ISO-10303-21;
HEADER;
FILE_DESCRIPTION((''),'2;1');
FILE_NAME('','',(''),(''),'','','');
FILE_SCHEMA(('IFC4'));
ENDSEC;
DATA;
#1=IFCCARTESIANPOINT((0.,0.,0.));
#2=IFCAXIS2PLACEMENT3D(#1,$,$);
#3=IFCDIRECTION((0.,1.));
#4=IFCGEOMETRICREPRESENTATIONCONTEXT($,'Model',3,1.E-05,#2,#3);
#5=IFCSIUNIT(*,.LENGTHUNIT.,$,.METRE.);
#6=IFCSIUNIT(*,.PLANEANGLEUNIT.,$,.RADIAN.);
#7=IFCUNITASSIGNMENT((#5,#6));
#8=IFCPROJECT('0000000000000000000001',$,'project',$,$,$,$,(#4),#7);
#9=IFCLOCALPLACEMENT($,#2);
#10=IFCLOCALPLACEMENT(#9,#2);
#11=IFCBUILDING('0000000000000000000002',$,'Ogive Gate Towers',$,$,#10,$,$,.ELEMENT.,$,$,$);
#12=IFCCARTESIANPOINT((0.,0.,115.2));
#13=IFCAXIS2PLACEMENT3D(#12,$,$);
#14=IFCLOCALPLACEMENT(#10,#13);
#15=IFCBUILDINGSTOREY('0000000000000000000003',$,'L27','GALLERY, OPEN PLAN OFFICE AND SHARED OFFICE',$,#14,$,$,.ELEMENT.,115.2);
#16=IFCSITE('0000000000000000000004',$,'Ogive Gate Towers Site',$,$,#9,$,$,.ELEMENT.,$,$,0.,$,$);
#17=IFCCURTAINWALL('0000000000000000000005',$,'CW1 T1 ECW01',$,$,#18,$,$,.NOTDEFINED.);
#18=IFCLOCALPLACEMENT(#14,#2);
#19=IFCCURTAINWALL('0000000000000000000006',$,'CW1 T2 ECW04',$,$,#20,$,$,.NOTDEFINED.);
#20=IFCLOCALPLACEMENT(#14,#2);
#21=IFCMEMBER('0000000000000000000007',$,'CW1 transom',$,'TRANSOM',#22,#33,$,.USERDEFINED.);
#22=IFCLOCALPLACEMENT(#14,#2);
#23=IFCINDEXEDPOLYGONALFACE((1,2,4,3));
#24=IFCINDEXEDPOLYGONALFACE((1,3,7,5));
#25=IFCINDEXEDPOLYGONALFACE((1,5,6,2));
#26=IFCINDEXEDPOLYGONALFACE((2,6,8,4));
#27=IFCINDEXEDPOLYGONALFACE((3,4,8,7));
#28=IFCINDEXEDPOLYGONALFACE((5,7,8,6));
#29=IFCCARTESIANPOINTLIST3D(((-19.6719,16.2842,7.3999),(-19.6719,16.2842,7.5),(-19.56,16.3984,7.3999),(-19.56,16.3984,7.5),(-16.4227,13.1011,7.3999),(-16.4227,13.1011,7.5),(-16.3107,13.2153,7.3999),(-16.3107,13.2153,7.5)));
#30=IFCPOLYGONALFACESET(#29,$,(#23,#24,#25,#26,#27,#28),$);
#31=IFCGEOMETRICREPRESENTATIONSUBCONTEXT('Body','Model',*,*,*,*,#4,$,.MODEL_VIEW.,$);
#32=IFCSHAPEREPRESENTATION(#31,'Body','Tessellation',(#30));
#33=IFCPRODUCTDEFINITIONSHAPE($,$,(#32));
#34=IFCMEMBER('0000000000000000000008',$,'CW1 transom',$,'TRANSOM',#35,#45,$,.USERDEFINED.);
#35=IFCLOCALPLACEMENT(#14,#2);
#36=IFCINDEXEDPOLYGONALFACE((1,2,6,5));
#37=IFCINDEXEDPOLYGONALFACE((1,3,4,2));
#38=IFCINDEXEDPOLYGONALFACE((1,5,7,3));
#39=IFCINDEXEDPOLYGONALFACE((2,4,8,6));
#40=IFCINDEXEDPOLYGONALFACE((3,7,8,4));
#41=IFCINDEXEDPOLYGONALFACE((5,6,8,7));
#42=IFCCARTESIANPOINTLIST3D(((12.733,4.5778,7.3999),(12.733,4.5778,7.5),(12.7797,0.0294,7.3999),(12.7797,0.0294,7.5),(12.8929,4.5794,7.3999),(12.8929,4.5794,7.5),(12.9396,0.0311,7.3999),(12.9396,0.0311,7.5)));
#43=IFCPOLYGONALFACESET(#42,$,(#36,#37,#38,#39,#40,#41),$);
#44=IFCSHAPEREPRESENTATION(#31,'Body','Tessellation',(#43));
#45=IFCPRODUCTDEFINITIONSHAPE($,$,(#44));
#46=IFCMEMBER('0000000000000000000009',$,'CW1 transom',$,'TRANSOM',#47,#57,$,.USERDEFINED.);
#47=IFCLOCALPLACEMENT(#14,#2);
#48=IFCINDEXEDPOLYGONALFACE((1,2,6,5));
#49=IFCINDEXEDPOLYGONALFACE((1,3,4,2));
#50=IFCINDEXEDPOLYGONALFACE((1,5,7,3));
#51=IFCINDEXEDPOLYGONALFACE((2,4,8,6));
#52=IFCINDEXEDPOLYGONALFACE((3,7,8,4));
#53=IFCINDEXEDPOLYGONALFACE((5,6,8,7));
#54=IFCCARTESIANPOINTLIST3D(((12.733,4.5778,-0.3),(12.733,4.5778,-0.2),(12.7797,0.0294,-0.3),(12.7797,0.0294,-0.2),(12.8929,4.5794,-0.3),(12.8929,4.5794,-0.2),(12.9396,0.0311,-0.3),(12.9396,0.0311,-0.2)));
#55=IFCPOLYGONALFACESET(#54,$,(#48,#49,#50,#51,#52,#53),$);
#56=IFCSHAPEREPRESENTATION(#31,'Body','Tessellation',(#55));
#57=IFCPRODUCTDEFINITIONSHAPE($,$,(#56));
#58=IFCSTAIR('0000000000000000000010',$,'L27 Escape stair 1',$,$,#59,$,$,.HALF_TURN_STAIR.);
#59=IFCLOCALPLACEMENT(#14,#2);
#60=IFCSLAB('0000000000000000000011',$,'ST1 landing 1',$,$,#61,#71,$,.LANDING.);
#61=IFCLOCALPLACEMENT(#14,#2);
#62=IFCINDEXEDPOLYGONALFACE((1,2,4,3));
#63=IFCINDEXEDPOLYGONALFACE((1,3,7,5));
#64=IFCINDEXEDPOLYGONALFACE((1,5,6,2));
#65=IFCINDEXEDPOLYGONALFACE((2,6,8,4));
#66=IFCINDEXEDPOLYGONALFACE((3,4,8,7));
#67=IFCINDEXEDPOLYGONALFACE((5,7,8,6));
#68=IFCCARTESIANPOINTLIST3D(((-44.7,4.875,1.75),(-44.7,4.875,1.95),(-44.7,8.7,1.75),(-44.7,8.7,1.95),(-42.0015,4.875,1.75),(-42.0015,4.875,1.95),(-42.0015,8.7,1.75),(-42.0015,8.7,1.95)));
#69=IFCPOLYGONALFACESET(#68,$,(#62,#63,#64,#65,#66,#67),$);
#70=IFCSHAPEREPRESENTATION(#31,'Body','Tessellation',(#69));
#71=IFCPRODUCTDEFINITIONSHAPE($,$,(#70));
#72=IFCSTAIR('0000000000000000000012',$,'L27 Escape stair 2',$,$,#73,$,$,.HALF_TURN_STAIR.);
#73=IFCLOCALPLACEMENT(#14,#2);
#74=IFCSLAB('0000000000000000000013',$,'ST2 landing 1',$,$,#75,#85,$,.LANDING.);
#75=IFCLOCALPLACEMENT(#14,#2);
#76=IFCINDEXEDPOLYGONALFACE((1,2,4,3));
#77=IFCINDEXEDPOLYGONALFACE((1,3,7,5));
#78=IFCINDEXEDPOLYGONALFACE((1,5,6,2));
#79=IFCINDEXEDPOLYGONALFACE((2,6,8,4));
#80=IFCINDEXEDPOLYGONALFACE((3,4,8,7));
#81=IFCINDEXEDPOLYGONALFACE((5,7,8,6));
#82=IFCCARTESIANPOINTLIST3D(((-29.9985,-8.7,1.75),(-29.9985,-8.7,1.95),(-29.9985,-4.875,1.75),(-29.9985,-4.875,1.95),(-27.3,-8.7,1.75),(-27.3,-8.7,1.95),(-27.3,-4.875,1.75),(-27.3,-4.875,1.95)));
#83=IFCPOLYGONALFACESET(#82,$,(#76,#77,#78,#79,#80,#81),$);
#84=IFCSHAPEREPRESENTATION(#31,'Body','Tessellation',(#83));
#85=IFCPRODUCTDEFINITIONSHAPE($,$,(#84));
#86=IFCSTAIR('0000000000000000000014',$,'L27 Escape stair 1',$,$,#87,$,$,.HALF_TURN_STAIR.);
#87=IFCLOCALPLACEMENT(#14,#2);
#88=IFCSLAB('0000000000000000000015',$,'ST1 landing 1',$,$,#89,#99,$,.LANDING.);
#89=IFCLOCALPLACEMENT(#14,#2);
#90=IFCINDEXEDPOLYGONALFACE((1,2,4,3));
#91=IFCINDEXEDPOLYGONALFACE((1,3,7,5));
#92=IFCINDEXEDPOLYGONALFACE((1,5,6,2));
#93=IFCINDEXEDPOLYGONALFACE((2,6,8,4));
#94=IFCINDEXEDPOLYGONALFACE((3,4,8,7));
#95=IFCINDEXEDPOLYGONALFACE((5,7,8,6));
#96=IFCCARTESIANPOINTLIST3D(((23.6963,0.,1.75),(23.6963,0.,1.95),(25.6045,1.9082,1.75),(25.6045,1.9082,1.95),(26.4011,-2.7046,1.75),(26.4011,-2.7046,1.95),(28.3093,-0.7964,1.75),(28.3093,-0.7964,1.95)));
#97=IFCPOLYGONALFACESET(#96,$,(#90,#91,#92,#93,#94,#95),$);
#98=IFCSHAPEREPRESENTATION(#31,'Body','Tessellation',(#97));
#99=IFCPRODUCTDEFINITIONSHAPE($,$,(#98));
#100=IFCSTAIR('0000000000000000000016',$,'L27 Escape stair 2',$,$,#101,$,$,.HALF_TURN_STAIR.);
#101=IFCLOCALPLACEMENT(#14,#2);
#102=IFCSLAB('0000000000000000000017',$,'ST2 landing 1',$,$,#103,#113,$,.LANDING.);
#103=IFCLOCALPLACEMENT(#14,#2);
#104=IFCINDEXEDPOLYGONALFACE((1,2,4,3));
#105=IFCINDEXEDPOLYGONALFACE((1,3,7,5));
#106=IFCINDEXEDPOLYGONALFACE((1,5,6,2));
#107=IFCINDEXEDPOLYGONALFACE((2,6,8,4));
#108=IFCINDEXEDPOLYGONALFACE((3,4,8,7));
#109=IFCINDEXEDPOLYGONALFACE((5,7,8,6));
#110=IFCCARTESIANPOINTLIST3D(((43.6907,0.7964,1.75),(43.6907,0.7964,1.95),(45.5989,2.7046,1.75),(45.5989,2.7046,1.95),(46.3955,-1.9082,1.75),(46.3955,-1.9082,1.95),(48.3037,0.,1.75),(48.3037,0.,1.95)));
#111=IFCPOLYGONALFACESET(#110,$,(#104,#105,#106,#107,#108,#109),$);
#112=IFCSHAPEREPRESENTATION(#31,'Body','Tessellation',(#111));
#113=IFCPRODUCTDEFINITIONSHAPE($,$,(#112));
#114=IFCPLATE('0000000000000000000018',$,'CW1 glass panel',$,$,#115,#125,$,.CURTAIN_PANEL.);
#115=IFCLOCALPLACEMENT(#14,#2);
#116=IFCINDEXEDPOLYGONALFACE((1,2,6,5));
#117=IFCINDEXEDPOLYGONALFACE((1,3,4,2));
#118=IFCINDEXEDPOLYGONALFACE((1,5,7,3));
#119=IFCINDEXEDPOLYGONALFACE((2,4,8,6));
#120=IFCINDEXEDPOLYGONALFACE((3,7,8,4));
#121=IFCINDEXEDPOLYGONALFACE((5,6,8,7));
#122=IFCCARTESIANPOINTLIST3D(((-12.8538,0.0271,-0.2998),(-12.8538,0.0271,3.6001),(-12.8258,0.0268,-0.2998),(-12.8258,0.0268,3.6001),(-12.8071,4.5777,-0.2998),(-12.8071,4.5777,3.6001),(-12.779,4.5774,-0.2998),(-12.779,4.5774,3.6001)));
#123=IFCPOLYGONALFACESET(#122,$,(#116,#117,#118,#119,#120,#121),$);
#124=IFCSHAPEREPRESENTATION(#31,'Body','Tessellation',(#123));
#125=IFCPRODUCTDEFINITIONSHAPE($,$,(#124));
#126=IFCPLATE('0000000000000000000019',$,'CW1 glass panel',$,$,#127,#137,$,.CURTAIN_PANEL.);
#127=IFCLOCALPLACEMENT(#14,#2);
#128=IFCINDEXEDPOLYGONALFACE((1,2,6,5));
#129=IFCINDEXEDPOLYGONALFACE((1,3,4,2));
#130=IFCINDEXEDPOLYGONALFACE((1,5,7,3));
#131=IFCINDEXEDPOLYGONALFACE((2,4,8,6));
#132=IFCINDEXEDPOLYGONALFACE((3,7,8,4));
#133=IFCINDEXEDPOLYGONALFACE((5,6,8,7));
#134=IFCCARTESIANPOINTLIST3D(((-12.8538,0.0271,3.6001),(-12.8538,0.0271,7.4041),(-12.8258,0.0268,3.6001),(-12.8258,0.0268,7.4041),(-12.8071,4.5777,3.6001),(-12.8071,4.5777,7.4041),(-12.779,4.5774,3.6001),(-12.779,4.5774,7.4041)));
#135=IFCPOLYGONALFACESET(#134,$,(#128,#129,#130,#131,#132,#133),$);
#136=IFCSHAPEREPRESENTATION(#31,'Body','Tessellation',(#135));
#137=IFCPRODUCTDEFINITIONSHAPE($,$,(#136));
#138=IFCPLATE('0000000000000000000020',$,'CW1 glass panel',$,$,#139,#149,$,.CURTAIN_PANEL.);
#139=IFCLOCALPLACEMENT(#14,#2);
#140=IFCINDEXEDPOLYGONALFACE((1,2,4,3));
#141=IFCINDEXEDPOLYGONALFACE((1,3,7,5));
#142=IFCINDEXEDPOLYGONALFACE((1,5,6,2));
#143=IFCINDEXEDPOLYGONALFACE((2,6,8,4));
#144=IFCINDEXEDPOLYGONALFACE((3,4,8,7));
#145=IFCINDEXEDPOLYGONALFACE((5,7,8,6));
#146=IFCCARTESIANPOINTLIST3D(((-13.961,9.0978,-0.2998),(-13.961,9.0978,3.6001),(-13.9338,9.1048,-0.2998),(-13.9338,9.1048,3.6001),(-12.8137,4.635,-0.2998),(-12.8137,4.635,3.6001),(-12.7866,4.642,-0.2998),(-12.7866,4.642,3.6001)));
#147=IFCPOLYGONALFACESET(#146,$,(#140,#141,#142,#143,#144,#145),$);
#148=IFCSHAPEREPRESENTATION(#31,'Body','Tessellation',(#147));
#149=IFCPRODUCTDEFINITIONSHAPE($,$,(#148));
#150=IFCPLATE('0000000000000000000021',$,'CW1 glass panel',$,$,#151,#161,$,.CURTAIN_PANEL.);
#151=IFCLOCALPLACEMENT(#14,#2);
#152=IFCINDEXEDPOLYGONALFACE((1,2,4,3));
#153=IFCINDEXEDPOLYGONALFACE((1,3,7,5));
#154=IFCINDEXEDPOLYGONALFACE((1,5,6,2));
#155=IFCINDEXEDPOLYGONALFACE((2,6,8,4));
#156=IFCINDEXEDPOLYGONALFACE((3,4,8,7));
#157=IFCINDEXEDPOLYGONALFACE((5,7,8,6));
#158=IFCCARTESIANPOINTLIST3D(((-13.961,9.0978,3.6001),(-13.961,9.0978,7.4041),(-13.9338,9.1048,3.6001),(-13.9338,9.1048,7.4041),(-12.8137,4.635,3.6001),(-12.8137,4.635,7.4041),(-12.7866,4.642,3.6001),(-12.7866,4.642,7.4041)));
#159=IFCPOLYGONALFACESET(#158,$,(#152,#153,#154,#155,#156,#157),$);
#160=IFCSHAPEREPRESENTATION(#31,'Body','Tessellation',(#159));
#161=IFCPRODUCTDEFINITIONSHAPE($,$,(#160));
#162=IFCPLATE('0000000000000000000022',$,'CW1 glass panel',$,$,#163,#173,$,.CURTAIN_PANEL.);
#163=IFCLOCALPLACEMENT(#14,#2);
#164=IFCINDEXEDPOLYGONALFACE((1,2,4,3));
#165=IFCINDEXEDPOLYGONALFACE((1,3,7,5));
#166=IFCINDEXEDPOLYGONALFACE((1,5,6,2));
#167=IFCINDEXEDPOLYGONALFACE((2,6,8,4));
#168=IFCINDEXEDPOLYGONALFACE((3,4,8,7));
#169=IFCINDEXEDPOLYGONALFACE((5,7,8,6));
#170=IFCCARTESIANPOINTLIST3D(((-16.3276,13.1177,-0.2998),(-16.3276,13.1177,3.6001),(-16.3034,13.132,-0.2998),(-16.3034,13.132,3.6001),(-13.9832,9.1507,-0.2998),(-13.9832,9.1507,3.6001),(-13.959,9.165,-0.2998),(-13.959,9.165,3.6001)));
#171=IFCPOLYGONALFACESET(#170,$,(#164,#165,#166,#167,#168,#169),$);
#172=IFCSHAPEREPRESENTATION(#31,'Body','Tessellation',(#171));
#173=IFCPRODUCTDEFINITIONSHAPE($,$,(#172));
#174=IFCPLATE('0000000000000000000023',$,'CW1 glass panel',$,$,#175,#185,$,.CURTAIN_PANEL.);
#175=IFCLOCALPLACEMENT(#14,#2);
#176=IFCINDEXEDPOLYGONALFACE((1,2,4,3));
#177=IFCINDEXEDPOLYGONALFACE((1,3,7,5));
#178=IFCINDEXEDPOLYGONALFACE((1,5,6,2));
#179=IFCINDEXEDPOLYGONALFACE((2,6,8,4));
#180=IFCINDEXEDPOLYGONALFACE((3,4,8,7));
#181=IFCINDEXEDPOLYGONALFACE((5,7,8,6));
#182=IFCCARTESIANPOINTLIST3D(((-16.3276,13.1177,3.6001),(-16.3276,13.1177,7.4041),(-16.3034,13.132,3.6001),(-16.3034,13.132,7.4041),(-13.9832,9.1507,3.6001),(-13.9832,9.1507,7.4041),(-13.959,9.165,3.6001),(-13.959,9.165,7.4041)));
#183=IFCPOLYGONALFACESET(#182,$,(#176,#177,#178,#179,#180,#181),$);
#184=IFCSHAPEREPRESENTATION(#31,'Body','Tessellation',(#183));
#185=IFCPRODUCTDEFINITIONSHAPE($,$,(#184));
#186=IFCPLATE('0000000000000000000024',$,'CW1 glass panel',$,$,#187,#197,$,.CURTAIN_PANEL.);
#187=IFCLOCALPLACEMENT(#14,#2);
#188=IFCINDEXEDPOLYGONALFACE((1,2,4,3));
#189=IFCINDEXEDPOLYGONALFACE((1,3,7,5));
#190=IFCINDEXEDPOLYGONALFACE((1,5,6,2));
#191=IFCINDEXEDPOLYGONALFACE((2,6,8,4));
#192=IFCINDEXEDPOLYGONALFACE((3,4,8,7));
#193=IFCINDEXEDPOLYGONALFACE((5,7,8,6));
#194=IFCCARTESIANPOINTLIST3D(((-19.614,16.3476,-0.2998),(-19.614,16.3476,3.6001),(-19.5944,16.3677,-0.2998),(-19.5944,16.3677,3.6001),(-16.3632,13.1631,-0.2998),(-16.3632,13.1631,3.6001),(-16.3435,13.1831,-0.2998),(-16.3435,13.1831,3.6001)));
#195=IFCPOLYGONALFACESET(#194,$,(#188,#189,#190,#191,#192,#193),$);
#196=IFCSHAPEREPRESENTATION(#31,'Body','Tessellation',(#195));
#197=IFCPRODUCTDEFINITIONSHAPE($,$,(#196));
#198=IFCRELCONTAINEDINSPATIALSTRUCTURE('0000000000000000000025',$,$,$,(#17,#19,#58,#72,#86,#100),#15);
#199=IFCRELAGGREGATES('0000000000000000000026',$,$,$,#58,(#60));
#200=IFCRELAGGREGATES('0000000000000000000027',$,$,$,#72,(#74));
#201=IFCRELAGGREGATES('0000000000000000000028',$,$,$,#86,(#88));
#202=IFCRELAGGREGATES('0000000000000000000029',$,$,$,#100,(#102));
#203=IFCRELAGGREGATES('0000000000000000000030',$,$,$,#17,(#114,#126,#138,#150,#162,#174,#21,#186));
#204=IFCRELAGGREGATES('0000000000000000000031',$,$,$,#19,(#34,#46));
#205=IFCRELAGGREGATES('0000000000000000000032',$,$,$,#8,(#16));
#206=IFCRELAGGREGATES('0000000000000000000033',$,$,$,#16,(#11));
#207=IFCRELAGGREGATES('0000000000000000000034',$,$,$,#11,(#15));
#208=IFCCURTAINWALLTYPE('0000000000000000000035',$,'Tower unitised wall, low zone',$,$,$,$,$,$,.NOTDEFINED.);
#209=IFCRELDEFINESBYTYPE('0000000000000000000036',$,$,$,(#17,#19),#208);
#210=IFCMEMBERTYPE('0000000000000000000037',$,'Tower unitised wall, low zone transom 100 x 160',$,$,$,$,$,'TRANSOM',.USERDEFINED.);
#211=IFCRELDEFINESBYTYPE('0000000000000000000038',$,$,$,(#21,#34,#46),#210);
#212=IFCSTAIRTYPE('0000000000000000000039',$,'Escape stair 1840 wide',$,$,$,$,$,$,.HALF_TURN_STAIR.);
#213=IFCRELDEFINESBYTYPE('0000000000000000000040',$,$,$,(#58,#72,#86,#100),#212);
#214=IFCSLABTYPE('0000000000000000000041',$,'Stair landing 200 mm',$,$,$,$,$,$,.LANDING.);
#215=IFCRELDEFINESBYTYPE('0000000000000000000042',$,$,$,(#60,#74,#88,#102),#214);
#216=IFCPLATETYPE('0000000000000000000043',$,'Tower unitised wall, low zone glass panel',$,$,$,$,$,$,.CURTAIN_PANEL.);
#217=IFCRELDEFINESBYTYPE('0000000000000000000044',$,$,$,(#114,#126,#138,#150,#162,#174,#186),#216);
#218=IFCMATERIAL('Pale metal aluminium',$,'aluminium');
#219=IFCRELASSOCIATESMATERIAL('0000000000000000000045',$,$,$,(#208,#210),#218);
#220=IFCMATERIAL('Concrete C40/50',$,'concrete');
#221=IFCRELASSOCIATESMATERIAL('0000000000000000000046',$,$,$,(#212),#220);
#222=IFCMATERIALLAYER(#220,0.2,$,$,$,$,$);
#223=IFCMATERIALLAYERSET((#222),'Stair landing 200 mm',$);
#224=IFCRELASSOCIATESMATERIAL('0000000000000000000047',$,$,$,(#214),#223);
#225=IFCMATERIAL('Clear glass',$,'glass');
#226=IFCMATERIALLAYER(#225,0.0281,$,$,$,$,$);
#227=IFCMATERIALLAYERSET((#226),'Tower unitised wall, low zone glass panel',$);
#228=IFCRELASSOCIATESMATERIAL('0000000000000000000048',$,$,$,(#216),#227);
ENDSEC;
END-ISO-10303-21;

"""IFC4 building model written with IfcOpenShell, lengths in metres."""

from ifc_helpers import new_model, si_unit, direction, frame, origin, origin_2d, place, context, subcontext, project, spatial, polyline, rectangle, outline, extrude, material, layer, layer_set, material_profile, profile_set, type_object, element, aggregate, save


model = new_model("IFC4")

# Units and contexts
model_context = context("Model", 3, precision=1e-05, world=origin(), true_north=direction((0.0, 1.0)))
body_context = subcontext(model_context, "Body", "Model", "MODEL_VIEW")
ifc_project = project(units=[si_unit("LENGTHUNIT", "METRE"), si_unit("PLANEANGLEUNIT", "RADIAN")], contexts=[model_context])

# Site, building, storey
site_placement = place(None, origin())
site = spatial("IfcSite", under=ifc_project, at=site_placement, Name="Ogive Gate Towers Site", CompositionType="ELEMENT", RefElevation=0.0)
building_placement = place(site_placement, origin())
building = spatial("IfcBuilding", under=site, at=building_placement, Name="Ogive Gate Towers", CompositionType="ELEMENT")
storey_placement = place(building_placement, frame((0.0, 0.0, 115.2)))
storey = spatial("IfcBuildingStorey", under=building, at=storey_placement, Name="L27", Description="GALLERY, OPEN PLAN OFFICE AND SHARED OFFICE", CompositionType="ELEMENT", Elevation=115.2)

# Curtain wall
ifc_material_1 = material(Name="Pale metal aluminium", Category="aluminium")
curtain_wall_type = type_object("IfcCurtainWallType", Name="Tower unitised wall, low zone", PredefinedType="NOTDEFINED", material=ifc_material_1)
curtain_wall_1_placement = place(storey_placement, origin())
curtain_wall_1 = element("IfcCurtainWall", 1, at=curtain_wall_1_placement, inside=storey, type_object=curtain_wall_type, Name="CW1 T1 ECW01", PredefinedType="NOTDEFINED")

# Curtain wall
curtain_wall_2_placement = place(storey_placement, origin())
curtain_wall_2 = element("IfcCurtainWall", 2, at=curtain_wall_2_placement, inside=storey, type_object=curtain_wall_type, Name="CW1 T2 ECW04", PredefinedType="NOTDEFINED")

# Members
ifc_material_profile_1 = material_profile(ifc_material_1, rectangle(XDim=0.1599, YDim=0.1001, at=origin_2d()), Name="100 x 160 aluminium box")
ifc_profile_set_1 = profile_set([ifc_material_profile_1], Name="Pale metal aluminium")
member_type_1 = type_object("IfcMemberType", Name="Tower unitised wall, low zone transom 100 x 160", ElementType="TRANSOM", PredefinedType="USERDEFINED", material=ifc_profile_set_1)
member_1_placement = place(storey_placement, frame((-16.3667, 13.1582, 7.45), z_axis=(-0.714342, 0.699797, 0.0), x_axis=(-0.699797, -0.714342, 0.0)))
member_1 = element("IfcMember", 3, at=member_1_placement, type_object=member_type_1, Name="CW1 transom", ObjectType="TRANSOM", PredefinedType="USERDEFINED", context=body_context, shape_type="SweptSolid", body=[
    extrude(rectangle(XDim=0.1599, YDim=0.1001, at=origin_2d()), origin(), (0.0, 0.0, 1.0), 4.5486),
])
member_2_placement = place(storey_placement, frame((12.813, 4.5786, 7.45), z_axis=(0.010252, -0.999947, 0.0), x_axis=(0.999947, 0.010252, 0.0)))
member_2 = element("IfcMember", 4, at=member_2_placement, type_object=member_type_1, Name="CW1 transom", ObjectType="TRANSOM", PredefinedType="USERDEFINED", context=body_context, shape_type="SweptSolid", body=[
    extrude(rectangle(XDim=0.1599, YDim=0.1001, at=origin_2d()), origin(), (0.0, 0.0, 1.0), 4.5486),
])
member_3_placement = place(storey_placement, frame((12.813, 4.5786, -0.25), z_axis=(0.010252, -0.999947, 0.0), x_axis=(0.999947, 0.010252, 0.0)))
member_3 = element("IfcMember", 5, at=member_3_placement, type_object=member_type_1, Name="CW1 transom", ObjectType="TRANSOM", PredefinedType="USERDEFINED", context=body_context, shape_type="SweptSolid", body=[
    extrude(rectangle(XDim=0.1599, YDim=0.1001, at=origin_2d()), origin(), (0.0, 0.0, 1.0), 4.5486),
])

# Stairs, slabs
ifc_material_2 = material(Name="Concrete C40/50", Category="concrete")
stair_type = type_object("IfcStairType", Name="Escape stair 1840 wide", PredefinedType="HALF_TURN_STAIR", material=ifc_material_2)
stair_1_placement = place(storey_placement, origin())
stair_1 = element("IfcStair", 6, at=stair_1_placement, inside=storey, type_object=stair_type, Name="L27 Escape stair 1", PredefinedType="HALF_TURN_STAIR")
ifc_layer_1 = layer(ifc_material_2, 0.2)
ifc_layer_set_1 = layer_set([ifc_layer_1], Name="Stair landing 200 mm")
slab_type = type_object("IfcSlabType", Name="Stair landing 200 mm", PredefinedType="LANDING", material=ifc_layer_set_1)
slab_1_placement = place(storey_placement, frame((0.0, 0.0, 1.75)))
slab_1 = element("IfcSlab", 7, at=slab_1_placement, type_object=slab_type, Name="ST1 landing 1", PredefinedType="LANDING", context=body_context, shape_type="SweptSolid", body=[
    extrude(outline(polyline([(-42.0015, 8.7), (-44.7, 8.7), (-44.7, 4.875), (-42.0015, 4.875), (-42.0015, 8.7)])), origin(), (0.0, 0.0, 1.0), 0.2),
])
aggregate(stair_1, [slab_1])
stair_2_placement = place(storey_placement, origin())
stair_2 = element("IfcStair", 8, at=stair_2_placement, inside=storey, type_object=stair_type, Name="L27 Escape stair 2", PredefinedType="HALF_TURN_STAIR")
slab_2_placement = place(storey_placement, frame((0.0, 0.0, 1.75)))
slab_2 = element("IfcSlab", 9, at=slab_2_placement, type_object=slab_type, Name="ST2 landing 1", PredefinedType="LANDING", context=body_context, shape_type="SweptSolid", body=[
    extrude(outline(polyline([(-29.9985, -8.7), (-27.3, -8.7), (-27.3, -4.875), (-29.9985, -4.875), (-29.9985, -8.7)])), origin(), (0.0, 0.0, 1.0), 0.2),
])
aggregate(stair_2, [slab_2])
stair_3_placement = place(storey_placement, origin())
stair_3 = element("IfcStair", 10, at=stair_3_placement, inside=storey, type_object=stair_type, Name="L27 Escape stair 1", PredefinedType="HALF_TURN_STAIR")
slab_3_placement = place(storey_placement, frame((0.0, 0.0, 1.75)))
slab_3 = element("IfcSlab", 11, at=slab_3_placement, type_object=slab_type, Name="ST1 landing 1", PredefinedType="LANDING", context=body_context, shape_type="SweptSolid", body=[
    extrude(outline(polyline([(25.6045, 1.9082), (23.6963, 0.0), (26.4011, -2.7046), (28.3093, -0.7964), (25.6045, 1.9082)])), origin(), (0.0, 0.0, 1.0), 0.2),
])
aggregate(stair_3, [slab_3])
stair_4_placement = place(storey_placement, origin())
stair_4 = element("IfcStair", 12, at=stair_4_placement, inside=storey, type_object=stair_type, Name="L27 Escape stair 2", PredefinedType="HALF_TURN_STAIR")
slab_4_placement = place(storey_placement, frame((0.0, 0.0, 1.75)))
slab_4 = element("IfcSlab", 13, at=slab_4_placement, type_object=slab_type, Name="ST2 landing 1", PredefinedType="LANDING", context=body_context, shape_type="SweptSolid", body=[
    extrude(outline(polyline([(46.3955, -1.9082), (48.3037, 0.0), (45.5989, 2.7046), (43.6907, 0.7964), (46.3955, -1.9082)])), origin(), (0.0, 0.0, 1.0), 0.2),
])
aggregate(stair_4, [slab_4])

# Plates
ifc_material_3 = material(Name="Clear glass", Category="glass")
ifc_layer_2 = layer(ifc_material_3, 0.0281)
ifc_layer_set_2 = layer_set([ifc_layer_2], Name="Tower unitised wall, low zone glass panel")
plate_type = type_object("IfcPlateType", Name="Tower unitised wall, low zone glass panel", PredefinedType="CURTAIN_PANEL", material=ifc_layer_set_2)
plate_1_placement = place(storey_placement, frame((-12.8164, 2.3022, -0.2998), z_axis=(0.0, 0.0, 1.0), x_axis=(0.01028, 0.999947, 0.0)))
plate_1 = element("IfcPlate", 14, at=plate_1_placement, type_object=plate_type, Name="CW1 glass panel", PredefinedType="CURTAIN_PANEL", context=body_context, shape_type="SweptSolid", body=[
    extrude(rectangle(XDim=4.5508, YDim=0.0281, at=origin_2d()), origin(), (0.0, 0.0, 1.0), 3.8999),
])
plate_2_placement = place(storey_placement, frame((-12.8164, 2.3022, 3.6001), z_axis=(0.0, 0.0, 1.0), x_axis=(0.01028, 0.999947, 0.0)))
plate_2 = element("IfcPlate", 15, at=plate_2_placement, type_object=plate_type, Name="CW1 glass panel", PredefinedType="CURTAIN_PANEL", context=body_context, shape_type="SweptSolid", body=[
    extrude(rectangle(XDim=4.5508, YDim=0.0281, at=origin_2d()), origin(), (0.0, 0.0, 1.0), 3.804),
])
plate_3_placement = place(storey_placement, frame((-13.3738, 6.8699, -0.2998), z_axis=(0.0, 0.0, 1.0), x_axis=(-0.248977, 0.968509, 0.0)))
plate_3 = element("IfcPlate", 16, at=plate_3_placement, type_object=plate_type, Name="CW1 glass panel", PredefinedType="CURTAIN_PANEL", context=body_context, shape_type="SweptSolid", body=[
    extrude(rectangle(XDim=4.6079, YDim=0.0281, at=origin_2d()), origin(), (0.0, 0.0, 1.0), 3.8999),
])
plate_4_placement = place(storey_placement, frame((-13.3738, 6.8699, 3.6001), z_axis=(0.0, 0.0, 1.0), x_axis=(-0.248977, 0.968509, 0.0)))
plate_4 = element("IfcPlate", 17, at=plate_4_placement, type_object=plate_type, Name="CW1 glass panel", PredefinedType="CURTAIN_PANEL", context=body_context, shape_type="SweptSolid", body=[
    extrude(rectangle(XDim=4.6079, YDim=0.0281, at=origin_2d()), origin(), (0.0, 0.0, 1.0), 3.804),
])
plate_5_placement = place(storey_placement, frame((-15.1433, 11.1414, -0.2998), z_axis=(0.0, 0.0, 1.0), x_axis=(-0.508771, 0.860902, 0.0)))
plate_5 = element("IfcPlate", 18, at=plate_5_placement, type_object=plate_type, Name="CW1 glass panel", PredefinedType="CURTAIN_PANEL", context=body_context, shape_type="SweptSolid", body=[
    extrude(rectangle(XDim=4.6079, YDim=0.0281, at=origin_2d()), origin(), (0.0, 0.0, 1.0), 3.8999),
])
plate_6_placement = place(storey_placement, frame((-15.1433, 11.1414, 3.6001), z_axis=(0.0, 0.0, 1.0), x_axis=(-0.508771, 0.860902, 0.0)))
plate_6 = element("IfcPlate", 19, at=plate_6_placement, type_object=plate_type, Name="CW1 glass panel", PredefinedType="CURTAIN_PANEL", context=body_context, shape_type="SweptSolid", body=[
    extrude(rectangle(XDim=4.6079, YDim=0.0281, at=origin_2d()), origin(), (0.0, 0.0, 1.0), 3.804),
])
plate_7_placement = place(storey_placement, frame((-17.9788, 14.7654, -0.2998), z_axis=(0.0, 0.0, 1.0), x_axis=(-0.714351, 0.699788, 0.0)))
plate_7 = element("IfcPlate", 20, at=plate_7_placement, type_object=plate_type, Name="CW1 glass panel", PredefinedType="CURTAIN_PANEL", context=body_context, shape_type="SweptSolid", body=[
    extrude(rectangle(XDim=4.5508, YDim=0.0281, at=origin_2d()), origin(), (0.0, 0.0, 1.0), 3.8999),
])
aggregate(curtain_wall_1, [plate_1, plate_2, plate_3, plate_4, plate_5, plate_6, member_1, plate_7])
aggregate(curtain_wall_2, [member_2, member_3])

save(model, "model.ifc")
